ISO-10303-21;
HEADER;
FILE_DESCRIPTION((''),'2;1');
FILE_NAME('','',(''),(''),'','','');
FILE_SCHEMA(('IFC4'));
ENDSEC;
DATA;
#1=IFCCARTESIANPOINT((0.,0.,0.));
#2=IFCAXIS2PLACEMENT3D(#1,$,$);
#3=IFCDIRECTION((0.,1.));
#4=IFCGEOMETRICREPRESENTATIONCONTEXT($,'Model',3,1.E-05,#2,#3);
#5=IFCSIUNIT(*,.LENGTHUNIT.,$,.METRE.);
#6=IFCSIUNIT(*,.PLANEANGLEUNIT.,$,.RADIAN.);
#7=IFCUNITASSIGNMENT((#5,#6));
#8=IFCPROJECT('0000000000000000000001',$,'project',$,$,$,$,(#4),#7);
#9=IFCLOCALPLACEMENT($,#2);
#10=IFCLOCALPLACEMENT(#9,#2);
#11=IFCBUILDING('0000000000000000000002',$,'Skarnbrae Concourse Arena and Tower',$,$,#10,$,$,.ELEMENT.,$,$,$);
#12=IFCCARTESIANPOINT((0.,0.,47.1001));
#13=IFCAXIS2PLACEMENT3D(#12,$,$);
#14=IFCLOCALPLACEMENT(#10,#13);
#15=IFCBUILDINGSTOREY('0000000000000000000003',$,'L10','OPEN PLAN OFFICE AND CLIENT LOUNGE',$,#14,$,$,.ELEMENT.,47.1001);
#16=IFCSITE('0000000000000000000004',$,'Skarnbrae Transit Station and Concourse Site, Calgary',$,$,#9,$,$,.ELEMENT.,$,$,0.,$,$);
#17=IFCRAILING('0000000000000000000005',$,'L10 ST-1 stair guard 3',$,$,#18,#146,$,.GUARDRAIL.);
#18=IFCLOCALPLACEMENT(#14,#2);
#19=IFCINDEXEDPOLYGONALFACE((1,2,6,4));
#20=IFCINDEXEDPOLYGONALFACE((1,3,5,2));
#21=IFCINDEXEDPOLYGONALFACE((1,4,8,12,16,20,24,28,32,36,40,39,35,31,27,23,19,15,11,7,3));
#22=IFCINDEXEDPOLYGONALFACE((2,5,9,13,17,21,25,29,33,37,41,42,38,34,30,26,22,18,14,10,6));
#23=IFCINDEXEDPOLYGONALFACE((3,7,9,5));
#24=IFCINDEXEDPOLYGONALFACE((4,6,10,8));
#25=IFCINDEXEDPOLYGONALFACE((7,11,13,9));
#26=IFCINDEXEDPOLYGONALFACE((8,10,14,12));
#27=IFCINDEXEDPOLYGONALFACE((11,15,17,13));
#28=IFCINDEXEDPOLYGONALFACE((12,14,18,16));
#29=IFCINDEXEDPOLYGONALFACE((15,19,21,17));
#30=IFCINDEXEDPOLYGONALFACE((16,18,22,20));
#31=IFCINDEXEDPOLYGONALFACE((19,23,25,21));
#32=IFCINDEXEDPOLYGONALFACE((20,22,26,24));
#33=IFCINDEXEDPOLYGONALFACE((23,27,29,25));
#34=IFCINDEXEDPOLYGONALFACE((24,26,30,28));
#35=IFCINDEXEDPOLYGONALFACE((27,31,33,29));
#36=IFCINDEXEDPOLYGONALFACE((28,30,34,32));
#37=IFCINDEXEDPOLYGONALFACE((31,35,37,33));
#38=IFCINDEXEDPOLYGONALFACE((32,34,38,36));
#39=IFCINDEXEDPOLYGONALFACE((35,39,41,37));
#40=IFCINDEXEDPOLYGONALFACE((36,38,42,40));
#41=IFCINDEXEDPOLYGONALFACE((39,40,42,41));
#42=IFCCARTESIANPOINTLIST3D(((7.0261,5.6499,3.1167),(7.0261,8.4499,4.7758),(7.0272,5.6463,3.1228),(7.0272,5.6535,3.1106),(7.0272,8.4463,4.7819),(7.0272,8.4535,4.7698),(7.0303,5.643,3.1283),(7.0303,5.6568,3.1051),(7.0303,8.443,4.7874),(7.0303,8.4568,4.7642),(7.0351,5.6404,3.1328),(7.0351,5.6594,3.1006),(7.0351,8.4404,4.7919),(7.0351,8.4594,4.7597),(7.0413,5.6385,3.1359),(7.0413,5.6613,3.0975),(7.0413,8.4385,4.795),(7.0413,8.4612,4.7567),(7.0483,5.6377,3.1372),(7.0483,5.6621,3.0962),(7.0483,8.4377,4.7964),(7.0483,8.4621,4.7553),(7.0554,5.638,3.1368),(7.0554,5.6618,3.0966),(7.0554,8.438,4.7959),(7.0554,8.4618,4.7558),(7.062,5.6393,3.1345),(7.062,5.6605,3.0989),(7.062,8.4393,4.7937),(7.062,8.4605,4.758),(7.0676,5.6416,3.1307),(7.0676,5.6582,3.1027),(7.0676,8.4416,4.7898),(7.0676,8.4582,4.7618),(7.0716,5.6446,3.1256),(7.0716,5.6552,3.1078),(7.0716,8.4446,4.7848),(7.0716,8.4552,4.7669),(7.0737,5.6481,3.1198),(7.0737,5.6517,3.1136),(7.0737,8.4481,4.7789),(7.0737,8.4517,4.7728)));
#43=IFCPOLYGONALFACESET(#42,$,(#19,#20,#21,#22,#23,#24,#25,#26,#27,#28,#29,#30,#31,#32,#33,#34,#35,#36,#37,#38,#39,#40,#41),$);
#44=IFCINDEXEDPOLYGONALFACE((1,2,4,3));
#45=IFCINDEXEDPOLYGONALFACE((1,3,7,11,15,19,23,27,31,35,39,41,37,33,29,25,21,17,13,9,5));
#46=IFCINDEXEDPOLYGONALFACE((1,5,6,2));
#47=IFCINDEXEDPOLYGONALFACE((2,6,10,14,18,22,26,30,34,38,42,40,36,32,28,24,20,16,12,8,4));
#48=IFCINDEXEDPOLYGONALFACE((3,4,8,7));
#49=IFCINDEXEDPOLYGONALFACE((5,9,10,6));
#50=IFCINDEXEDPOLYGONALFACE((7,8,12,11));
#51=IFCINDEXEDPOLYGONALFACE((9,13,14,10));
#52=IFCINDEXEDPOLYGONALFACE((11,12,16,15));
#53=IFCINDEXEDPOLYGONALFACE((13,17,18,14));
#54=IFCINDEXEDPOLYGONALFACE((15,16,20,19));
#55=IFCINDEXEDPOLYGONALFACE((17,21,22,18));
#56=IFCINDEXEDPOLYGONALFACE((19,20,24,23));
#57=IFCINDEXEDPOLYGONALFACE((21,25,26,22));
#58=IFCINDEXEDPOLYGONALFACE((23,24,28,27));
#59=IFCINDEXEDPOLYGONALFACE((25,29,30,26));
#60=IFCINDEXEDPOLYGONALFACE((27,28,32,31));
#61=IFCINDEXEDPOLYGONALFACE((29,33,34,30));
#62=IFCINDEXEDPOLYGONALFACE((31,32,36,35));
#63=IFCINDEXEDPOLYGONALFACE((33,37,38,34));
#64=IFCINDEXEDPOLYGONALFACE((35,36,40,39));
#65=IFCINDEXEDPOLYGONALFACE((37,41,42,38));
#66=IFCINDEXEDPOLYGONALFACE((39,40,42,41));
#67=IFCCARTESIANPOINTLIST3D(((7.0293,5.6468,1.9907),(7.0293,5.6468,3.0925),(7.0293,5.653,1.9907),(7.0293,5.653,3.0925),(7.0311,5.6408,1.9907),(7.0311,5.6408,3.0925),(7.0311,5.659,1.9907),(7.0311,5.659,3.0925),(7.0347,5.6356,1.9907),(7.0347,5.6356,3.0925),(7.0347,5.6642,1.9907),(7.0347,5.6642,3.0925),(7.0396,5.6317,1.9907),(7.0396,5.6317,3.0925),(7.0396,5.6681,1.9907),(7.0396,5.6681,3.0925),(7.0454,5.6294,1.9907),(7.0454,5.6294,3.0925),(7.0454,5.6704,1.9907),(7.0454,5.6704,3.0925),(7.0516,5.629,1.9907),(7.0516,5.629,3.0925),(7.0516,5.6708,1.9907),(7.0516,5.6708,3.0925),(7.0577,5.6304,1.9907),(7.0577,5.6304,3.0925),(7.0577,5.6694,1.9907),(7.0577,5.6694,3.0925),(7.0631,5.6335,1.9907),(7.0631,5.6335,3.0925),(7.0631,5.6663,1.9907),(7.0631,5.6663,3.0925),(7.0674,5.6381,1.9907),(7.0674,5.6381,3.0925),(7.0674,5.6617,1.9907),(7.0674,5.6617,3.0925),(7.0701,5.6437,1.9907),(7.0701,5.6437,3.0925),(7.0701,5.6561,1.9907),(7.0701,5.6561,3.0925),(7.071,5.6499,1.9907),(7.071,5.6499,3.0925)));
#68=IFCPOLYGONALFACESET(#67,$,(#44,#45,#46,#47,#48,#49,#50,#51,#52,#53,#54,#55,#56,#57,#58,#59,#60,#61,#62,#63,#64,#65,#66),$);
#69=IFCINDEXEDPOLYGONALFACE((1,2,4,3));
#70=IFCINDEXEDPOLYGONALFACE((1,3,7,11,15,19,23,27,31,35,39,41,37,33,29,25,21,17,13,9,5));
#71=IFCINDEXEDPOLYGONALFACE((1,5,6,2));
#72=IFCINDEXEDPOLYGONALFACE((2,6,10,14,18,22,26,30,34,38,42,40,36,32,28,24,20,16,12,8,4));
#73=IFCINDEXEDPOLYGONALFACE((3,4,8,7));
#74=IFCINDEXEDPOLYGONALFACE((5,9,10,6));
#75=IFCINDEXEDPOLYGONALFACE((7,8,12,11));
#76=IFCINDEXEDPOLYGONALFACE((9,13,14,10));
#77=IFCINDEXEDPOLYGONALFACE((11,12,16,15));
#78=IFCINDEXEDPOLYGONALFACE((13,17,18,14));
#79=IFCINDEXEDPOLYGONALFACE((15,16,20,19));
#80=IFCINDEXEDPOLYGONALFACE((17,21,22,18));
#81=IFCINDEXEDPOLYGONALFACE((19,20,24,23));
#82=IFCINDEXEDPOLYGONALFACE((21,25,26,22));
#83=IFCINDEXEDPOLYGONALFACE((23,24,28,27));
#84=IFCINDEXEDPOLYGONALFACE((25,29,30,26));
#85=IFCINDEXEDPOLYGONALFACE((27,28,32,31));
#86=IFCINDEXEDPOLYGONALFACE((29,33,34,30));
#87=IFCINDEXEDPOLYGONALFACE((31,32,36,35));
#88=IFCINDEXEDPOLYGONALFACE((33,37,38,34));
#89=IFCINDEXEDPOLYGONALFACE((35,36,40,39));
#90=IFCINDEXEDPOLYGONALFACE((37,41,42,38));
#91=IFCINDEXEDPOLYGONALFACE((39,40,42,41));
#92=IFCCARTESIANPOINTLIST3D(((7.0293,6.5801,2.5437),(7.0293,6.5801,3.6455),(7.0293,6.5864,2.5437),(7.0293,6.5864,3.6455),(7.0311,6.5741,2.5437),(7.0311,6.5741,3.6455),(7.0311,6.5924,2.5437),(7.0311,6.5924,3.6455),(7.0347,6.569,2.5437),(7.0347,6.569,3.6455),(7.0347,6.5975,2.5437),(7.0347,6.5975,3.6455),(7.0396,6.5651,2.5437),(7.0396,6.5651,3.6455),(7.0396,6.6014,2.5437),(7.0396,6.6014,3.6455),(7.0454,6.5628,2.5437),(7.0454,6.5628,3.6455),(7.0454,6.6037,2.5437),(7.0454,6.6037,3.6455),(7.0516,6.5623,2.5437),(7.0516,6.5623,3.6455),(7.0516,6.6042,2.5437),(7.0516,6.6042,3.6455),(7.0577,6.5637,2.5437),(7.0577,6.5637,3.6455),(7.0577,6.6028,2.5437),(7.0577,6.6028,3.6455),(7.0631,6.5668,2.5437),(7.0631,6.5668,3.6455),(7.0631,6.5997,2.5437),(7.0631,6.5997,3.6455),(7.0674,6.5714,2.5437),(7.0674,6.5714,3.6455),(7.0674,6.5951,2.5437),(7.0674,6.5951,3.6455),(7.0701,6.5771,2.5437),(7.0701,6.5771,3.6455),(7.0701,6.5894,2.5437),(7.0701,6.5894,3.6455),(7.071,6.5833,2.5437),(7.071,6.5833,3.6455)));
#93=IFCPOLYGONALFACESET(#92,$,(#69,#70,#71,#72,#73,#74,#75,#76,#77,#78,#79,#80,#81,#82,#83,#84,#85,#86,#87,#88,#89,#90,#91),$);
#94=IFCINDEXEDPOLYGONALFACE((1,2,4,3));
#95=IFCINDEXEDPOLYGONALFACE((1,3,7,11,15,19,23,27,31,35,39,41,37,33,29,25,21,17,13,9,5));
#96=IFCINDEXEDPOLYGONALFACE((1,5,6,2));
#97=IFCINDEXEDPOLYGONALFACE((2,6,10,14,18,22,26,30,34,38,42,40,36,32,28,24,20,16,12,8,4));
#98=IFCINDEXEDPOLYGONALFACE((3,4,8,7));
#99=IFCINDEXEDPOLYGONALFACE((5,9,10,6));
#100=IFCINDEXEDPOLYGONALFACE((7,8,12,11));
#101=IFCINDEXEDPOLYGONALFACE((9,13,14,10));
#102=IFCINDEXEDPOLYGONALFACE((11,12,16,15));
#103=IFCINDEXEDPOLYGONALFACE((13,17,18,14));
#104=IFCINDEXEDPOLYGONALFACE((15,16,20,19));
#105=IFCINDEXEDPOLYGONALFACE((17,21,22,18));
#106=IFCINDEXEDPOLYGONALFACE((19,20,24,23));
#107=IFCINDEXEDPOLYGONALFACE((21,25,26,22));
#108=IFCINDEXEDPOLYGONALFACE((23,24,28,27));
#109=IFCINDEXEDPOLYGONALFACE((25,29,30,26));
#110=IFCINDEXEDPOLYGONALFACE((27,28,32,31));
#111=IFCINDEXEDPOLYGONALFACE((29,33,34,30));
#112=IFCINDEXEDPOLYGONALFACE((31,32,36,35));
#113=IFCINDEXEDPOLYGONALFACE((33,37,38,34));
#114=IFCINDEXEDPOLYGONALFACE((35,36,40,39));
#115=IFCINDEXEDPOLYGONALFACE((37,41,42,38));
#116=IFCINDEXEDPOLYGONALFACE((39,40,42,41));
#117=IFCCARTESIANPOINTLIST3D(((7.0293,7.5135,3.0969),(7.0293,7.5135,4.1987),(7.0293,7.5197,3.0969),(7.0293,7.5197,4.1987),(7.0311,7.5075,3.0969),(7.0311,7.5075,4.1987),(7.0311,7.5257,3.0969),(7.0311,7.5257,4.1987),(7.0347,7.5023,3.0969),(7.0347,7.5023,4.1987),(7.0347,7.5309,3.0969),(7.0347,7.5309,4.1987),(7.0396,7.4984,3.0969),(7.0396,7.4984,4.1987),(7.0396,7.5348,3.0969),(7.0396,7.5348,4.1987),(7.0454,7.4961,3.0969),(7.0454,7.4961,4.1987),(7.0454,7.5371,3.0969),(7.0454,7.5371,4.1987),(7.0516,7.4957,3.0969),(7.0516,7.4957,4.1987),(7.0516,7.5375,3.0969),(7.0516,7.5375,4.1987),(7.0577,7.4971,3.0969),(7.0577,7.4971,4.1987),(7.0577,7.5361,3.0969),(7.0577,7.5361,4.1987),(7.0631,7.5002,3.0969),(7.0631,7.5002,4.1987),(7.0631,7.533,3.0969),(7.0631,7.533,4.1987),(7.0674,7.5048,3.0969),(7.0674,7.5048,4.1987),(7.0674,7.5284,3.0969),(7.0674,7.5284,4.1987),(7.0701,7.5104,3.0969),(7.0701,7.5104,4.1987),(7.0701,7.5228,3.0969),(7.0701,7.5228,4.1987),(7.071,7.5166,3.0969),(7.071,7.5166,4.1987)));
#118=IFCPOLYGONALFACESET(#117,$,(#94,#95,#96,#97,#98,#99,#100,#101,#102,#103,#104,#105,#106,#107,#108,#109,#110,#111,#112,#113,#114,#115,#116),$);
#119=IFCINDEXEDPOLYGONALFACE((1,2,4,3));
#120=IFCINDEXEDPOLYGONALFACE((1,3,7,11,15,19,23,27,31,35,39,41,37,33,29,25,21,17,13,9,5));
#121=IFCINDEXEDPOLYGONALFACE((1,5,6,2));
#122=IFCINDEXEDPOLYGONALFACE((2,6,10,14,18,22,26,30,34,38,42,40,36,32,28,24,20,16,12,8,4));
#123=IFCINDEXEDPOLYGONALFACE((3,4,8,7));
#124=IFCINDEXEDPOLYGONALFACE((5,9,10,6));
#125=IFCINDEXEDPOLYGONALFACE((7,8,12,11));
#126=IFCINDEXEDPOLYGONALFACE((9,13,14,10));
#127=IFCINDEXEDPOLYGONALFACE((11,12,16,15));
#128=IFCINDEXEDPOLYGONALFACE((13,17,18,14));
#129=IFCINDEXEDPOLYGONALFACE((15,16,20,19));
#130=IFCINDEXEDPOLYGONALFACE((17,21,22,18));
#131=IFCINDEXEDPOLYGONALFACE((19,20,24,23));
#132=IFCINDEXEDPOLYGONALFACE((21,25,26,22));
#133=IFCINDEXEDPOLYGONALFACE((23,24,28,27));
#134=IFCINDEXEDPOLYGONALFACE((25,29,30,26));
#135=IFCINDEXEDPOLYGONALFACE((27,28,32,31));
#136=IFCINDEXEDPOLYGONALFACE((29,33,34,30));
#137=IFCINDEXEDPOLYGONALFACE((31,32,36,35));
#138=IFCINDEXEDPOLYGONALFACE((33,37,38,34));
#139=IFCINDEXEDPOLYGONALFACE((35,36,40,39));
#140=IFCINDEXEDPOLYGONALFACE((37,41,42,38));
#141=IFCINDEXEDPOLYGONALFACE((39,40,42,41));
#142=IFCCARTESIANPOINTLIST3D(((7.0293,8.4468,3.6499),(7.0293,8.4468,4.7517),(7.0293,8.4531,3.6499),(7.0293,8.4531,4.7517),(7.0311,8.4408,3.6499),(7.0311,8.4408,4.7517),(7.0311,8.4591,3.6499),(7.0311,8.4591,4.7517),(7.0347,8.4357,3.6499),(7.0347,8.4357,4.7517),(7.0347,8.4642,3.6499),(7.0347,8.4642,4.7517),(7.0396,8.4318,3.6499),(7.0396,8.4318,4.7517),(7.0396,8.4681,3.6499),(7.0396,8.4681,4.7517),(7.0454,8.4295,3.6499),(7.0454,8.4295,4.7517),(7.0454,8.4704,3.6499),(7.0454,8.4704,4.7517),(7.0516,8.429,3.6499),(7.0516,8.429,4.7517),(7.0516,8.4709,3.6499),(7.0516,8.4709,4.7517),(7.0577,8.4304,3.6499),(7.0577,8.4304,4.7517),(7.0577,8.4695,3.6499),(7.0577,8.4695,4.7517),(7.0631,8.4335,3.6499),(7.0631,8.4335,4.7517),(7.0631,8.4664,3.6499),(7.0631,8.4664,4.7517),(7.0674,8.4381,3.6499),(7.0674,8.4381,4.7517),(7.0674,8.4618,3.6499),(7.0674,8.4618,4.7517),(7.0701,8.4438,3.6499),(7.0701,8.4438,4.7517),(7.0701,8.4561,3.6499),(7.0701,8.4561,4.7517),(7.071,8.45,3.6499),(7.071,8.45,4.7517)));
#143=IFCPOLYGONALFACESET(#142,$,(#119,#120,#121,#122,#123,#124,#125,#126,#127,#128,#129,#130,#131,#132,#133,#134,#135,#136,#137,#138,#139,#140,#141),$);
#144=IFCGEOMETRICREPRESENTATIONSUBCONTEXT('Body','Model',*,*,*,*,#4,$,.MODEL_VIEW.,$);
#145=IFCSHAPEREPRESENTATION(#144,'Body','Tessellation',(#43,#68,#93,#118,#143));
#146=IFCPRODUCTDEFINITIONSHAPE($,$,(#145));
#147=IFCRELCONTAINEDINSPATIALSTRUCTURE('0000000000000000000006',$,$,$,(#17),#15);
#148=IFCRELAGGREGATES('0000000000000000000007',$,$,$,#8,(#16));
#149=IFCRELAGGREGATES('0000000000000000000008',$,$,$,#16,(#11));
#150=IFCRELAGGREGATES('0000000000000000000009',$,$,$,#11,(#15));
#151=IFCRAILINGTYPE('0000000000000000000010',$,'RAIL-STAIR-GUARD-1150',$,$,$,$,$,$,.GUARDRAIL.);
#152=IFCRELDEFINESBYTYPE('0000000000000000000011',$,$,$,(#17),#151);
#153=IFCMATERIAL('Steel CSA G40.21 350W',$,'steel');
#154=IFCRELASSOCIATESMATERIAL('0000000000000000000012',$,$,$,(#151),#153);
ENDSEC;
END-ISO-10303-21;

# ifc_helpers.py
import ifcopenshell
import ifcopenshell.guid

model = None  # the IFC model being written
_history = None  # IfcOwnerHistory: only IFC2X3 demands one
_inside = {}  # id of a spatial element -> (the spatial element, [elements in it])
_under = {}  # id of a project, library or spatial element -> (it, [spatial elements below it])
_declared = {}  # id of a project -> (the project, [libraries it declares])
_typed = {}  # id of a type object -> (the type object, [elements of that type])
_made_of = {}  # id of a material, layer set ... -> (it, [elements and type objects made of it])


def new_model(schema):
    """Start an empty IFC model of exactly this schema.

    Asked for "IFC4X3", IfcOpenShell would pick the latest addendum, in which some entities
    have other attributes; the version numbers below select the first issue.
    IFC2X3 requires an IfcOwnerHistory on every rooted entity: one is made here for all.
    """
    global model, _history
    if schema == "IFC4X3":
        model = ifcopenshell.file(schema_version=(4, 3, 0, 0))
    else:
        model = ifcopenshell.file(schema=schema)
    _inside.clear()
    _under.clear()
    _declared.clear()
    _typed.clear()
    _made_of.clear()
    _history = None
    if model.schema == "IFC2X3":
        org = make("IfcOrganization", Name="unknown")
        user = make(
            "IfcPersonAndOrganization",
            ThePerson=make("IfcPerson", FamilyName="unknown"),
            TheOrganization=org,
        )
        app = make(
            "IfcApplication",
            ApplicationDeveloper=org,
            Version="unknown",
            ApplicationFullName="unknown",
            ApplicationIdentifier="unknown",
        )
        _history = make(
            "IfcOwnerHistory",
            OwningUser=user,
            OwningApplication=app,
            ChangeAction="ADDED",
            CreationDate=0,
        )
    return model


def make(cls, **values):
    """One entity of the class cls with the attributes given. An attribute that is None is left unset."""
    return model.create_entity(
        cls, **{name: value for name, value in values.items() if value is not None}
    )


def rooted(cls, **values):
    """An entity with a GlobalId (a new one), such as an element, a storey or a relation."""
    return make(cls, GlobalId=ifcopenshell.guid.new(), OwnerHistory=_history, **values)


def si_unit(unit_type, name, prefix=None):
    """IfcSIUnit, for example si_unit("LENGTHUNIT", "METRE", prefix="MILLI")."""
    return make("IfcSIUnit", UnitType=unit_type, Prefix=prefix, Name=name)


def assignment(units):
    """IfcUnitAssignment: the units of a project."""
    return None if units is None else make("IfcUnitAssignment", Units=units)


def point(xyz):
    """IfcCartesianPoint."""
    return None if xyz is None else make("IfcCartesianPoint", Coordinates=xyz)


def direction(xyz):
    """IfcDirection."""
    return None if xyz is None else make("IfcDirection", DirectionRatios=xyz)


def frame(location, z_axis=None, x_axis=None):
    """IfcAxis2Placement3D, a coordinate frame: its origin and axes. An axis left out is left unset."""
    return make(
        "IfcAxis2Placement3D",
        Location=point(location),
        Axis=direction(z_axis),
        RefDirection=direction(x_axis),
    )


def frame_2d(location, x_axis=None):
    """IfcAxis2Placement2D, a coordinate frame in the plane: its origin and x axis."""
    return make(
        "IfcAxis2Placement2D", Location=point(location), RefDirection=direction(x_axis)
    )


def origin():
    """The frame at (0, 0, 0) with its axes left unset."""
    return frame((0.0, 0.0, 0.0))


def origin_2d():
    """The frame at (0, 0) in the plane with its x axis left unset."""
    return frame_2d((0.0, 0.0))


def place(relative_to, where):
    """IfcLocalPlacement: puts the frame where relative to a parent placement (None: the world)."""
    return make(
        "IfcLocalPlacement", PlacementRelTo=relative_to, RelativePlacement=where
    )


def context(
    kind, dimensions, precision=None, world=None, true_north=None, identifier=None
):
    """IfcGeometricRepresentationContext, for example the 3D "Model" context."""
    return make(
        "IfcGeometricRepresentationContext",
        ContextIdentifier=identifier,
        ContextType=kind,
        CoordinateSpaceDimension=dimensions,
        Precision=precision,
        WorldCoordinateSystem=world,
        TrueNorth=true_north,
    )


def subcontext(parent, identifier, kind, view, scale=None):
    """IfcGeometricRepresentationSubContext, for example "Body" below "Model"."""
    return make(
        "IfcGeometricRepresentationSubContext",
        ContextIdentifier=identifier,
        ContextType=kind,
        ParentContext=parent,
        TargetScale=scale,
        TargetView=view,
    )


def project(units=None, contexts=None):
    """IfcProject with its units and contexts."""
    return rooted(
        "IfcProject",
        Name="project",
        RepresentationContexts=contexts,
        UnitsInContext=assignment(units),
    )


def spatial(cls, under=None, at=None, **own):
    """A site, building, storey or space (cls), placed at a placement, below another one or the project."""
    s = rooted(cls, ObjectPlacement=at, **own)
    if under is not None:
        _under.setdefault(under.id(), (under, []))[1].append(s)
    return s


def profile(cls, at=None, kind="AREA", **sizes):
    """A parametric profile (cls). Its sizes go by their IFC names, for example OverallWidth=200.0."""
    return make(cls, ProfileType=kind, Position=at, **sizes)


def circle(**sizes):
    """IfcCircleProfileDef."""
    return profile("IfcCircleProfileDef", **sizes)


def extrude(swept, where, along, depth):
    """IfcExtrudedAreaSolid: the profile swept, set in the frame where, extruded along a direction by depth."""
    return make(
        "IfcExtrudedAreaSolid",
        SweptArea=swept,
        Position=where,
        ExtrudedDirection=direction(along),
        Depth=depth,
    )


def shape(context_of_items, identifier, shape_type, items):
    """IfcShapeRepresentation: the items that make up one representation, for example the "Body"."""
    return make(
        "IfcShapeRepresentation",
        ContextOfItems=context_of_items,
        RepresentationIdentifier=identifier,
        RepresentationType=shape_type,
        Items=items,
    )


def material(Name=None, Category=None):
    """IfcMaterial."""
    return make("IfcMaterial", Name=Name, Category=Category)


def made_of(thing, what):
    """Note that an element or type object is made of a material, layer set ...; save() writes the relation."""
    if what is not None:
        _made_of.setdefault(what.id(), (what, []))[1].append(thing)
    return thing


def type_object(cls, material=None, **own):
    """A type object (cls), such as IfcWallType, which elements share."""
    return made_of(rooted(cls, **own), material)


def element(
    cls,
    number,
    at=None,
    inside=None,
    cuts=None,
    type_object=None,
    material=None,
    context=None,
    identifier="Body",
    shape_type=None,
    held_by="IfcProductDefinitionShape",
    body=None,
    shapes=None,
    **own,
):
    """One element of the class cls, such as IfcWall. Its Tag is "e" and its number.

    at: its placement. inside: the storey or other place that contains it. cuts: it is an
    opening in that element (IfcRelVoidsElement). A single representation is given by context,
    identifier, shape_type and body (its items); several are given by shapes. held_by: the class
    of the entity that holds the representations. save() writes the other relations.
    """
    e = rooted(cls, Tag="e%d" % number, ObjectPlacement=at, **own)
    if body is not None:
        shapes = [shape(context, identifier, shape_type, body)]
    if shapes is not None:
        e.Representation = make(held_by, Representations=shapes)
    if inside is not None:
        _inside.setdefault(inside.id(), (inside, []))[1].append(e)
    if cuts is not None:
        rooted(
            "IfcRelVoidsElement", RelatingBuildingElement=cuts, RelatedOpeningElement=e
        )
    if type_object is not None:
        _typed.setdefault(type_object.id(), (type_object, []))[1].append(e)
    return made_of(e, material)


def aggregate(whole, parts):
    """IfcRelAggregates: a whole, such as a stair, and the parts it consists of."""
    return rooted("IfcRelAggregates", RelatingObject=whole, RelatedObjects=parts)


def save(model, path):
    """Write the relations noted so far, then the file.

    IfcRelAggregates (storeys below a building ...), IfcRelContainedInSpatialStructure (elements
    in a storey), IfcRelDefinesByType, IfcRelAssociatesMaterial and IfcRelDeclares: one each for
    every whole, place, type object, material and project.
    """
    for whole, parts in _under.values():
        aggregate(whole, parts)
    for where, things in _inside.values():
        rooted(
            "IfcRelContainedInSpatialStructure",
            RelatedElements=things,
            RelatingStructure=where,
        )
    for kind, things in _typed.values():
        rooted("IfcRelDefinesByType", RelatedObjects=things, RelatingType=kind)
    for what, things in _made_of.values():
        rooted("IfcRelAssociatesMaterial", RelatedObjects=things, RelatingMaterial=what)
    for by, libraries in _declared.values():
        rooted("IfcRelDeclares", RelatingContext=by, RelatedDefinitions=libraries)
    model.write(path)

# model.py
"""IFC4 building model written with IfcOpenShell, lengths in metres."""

from ifc_helpers import new_model, si_unit, direction, frame, origin, origin_2d, place, context, subcontext, project, spatial, circle, extrude, material, type_object, element, save


model = new_model("IFC4")

# Units and contexts
model_context = context("Model", 3, precision=1e-05, world=origin(), true_north=direction((0.0, 1.0)))
body_context = subcontext(model_context, "Body", "Model", "MODEL_VIEW")
ifc_project = project(units=[si_unit("LENGTHUNIT", "METRE"), si_unit("PLANEANGLEUNIT", "RADIAN")], contexts=[model_context])

# Site, building, storey
site_placement = place(None, origin())
site = spatial("IfcSite", under=ifc_project, at=site_placement, Name="Skarnbrae Transit Station and Concourse Site, Calgary", CompositionType="ELEMENT", RefElevation=0.0)
building_placement = place(site_placement, origin())
building = spatial("IfcBuilding", under=site, at=building_placement, Name="Skarnbrae Concourse Arena and Tower", CompositionType="ELEMENT")
storey_placement = place(building_placement, frame((0.0, 0.0, 47.1001)))
storey = spatial("IfcBuildingStorey", under=building, at=storey_placement, Name="L10", Description="OPEN PLAN OFFICE AND CLIENT LOUNGE", CompositionType="ELEMENT", Elevation=47.1001)

# Shared definitions
ifc_material_1 = material(Name="Steel CSA G40.21 350W", Category="steel")

# Railing
railing_type_1 = type_object("IfcRailingType", Name="RAIL-STAIR-GUARD-1150", PredefinedType="GUARDRAIL", material=ifc_material_1)
railing_1_placement = place(storey_placement, frame((7.05, 5.6499, 1.9907)))
element("IfcRailing", 1, at=railing_1_placement, inside=storey, type_object=railing_type_1, Name="L10 ST-1 stair guard 3", PredefinedType="GUARDRAIL", context=body_context, shape_type="SweptSolid", body=[
    extrude(circle(Radius=0.0239, at=origin_2d()), frame((0.0, 0.0, 1.126), z_axis=(0.0, 0.860306, 0.509778), x_axis=(-1.0, 0.0, 0.0)), (0.0, 0.0, 1.0), 3.2546),
    extrude(circle(Radius=0.021, at=origin_2d()), origin(), (0.0, 0.0, 1.0), 1.1018),
    extrude(circle(Radius=0.021, at=origin_2d()), frame((0.0, 0.9333, 0.553)), (0.0, 0.0, 1.0), 1.1018),
    extrude(circle(Radius=0.021, at=origin_2d()), frame((0.0, 1.8667, 1.1062)), (0.0, 0.0, 1.0), 1.1018),
    extrude(circle(Radius=0.021, at=origin_2d()), frame((0.0, 2.8, 1.6592)), (0.0, 0.0, 1.0), 1.1018),
])

save(model, "model.ifc")
